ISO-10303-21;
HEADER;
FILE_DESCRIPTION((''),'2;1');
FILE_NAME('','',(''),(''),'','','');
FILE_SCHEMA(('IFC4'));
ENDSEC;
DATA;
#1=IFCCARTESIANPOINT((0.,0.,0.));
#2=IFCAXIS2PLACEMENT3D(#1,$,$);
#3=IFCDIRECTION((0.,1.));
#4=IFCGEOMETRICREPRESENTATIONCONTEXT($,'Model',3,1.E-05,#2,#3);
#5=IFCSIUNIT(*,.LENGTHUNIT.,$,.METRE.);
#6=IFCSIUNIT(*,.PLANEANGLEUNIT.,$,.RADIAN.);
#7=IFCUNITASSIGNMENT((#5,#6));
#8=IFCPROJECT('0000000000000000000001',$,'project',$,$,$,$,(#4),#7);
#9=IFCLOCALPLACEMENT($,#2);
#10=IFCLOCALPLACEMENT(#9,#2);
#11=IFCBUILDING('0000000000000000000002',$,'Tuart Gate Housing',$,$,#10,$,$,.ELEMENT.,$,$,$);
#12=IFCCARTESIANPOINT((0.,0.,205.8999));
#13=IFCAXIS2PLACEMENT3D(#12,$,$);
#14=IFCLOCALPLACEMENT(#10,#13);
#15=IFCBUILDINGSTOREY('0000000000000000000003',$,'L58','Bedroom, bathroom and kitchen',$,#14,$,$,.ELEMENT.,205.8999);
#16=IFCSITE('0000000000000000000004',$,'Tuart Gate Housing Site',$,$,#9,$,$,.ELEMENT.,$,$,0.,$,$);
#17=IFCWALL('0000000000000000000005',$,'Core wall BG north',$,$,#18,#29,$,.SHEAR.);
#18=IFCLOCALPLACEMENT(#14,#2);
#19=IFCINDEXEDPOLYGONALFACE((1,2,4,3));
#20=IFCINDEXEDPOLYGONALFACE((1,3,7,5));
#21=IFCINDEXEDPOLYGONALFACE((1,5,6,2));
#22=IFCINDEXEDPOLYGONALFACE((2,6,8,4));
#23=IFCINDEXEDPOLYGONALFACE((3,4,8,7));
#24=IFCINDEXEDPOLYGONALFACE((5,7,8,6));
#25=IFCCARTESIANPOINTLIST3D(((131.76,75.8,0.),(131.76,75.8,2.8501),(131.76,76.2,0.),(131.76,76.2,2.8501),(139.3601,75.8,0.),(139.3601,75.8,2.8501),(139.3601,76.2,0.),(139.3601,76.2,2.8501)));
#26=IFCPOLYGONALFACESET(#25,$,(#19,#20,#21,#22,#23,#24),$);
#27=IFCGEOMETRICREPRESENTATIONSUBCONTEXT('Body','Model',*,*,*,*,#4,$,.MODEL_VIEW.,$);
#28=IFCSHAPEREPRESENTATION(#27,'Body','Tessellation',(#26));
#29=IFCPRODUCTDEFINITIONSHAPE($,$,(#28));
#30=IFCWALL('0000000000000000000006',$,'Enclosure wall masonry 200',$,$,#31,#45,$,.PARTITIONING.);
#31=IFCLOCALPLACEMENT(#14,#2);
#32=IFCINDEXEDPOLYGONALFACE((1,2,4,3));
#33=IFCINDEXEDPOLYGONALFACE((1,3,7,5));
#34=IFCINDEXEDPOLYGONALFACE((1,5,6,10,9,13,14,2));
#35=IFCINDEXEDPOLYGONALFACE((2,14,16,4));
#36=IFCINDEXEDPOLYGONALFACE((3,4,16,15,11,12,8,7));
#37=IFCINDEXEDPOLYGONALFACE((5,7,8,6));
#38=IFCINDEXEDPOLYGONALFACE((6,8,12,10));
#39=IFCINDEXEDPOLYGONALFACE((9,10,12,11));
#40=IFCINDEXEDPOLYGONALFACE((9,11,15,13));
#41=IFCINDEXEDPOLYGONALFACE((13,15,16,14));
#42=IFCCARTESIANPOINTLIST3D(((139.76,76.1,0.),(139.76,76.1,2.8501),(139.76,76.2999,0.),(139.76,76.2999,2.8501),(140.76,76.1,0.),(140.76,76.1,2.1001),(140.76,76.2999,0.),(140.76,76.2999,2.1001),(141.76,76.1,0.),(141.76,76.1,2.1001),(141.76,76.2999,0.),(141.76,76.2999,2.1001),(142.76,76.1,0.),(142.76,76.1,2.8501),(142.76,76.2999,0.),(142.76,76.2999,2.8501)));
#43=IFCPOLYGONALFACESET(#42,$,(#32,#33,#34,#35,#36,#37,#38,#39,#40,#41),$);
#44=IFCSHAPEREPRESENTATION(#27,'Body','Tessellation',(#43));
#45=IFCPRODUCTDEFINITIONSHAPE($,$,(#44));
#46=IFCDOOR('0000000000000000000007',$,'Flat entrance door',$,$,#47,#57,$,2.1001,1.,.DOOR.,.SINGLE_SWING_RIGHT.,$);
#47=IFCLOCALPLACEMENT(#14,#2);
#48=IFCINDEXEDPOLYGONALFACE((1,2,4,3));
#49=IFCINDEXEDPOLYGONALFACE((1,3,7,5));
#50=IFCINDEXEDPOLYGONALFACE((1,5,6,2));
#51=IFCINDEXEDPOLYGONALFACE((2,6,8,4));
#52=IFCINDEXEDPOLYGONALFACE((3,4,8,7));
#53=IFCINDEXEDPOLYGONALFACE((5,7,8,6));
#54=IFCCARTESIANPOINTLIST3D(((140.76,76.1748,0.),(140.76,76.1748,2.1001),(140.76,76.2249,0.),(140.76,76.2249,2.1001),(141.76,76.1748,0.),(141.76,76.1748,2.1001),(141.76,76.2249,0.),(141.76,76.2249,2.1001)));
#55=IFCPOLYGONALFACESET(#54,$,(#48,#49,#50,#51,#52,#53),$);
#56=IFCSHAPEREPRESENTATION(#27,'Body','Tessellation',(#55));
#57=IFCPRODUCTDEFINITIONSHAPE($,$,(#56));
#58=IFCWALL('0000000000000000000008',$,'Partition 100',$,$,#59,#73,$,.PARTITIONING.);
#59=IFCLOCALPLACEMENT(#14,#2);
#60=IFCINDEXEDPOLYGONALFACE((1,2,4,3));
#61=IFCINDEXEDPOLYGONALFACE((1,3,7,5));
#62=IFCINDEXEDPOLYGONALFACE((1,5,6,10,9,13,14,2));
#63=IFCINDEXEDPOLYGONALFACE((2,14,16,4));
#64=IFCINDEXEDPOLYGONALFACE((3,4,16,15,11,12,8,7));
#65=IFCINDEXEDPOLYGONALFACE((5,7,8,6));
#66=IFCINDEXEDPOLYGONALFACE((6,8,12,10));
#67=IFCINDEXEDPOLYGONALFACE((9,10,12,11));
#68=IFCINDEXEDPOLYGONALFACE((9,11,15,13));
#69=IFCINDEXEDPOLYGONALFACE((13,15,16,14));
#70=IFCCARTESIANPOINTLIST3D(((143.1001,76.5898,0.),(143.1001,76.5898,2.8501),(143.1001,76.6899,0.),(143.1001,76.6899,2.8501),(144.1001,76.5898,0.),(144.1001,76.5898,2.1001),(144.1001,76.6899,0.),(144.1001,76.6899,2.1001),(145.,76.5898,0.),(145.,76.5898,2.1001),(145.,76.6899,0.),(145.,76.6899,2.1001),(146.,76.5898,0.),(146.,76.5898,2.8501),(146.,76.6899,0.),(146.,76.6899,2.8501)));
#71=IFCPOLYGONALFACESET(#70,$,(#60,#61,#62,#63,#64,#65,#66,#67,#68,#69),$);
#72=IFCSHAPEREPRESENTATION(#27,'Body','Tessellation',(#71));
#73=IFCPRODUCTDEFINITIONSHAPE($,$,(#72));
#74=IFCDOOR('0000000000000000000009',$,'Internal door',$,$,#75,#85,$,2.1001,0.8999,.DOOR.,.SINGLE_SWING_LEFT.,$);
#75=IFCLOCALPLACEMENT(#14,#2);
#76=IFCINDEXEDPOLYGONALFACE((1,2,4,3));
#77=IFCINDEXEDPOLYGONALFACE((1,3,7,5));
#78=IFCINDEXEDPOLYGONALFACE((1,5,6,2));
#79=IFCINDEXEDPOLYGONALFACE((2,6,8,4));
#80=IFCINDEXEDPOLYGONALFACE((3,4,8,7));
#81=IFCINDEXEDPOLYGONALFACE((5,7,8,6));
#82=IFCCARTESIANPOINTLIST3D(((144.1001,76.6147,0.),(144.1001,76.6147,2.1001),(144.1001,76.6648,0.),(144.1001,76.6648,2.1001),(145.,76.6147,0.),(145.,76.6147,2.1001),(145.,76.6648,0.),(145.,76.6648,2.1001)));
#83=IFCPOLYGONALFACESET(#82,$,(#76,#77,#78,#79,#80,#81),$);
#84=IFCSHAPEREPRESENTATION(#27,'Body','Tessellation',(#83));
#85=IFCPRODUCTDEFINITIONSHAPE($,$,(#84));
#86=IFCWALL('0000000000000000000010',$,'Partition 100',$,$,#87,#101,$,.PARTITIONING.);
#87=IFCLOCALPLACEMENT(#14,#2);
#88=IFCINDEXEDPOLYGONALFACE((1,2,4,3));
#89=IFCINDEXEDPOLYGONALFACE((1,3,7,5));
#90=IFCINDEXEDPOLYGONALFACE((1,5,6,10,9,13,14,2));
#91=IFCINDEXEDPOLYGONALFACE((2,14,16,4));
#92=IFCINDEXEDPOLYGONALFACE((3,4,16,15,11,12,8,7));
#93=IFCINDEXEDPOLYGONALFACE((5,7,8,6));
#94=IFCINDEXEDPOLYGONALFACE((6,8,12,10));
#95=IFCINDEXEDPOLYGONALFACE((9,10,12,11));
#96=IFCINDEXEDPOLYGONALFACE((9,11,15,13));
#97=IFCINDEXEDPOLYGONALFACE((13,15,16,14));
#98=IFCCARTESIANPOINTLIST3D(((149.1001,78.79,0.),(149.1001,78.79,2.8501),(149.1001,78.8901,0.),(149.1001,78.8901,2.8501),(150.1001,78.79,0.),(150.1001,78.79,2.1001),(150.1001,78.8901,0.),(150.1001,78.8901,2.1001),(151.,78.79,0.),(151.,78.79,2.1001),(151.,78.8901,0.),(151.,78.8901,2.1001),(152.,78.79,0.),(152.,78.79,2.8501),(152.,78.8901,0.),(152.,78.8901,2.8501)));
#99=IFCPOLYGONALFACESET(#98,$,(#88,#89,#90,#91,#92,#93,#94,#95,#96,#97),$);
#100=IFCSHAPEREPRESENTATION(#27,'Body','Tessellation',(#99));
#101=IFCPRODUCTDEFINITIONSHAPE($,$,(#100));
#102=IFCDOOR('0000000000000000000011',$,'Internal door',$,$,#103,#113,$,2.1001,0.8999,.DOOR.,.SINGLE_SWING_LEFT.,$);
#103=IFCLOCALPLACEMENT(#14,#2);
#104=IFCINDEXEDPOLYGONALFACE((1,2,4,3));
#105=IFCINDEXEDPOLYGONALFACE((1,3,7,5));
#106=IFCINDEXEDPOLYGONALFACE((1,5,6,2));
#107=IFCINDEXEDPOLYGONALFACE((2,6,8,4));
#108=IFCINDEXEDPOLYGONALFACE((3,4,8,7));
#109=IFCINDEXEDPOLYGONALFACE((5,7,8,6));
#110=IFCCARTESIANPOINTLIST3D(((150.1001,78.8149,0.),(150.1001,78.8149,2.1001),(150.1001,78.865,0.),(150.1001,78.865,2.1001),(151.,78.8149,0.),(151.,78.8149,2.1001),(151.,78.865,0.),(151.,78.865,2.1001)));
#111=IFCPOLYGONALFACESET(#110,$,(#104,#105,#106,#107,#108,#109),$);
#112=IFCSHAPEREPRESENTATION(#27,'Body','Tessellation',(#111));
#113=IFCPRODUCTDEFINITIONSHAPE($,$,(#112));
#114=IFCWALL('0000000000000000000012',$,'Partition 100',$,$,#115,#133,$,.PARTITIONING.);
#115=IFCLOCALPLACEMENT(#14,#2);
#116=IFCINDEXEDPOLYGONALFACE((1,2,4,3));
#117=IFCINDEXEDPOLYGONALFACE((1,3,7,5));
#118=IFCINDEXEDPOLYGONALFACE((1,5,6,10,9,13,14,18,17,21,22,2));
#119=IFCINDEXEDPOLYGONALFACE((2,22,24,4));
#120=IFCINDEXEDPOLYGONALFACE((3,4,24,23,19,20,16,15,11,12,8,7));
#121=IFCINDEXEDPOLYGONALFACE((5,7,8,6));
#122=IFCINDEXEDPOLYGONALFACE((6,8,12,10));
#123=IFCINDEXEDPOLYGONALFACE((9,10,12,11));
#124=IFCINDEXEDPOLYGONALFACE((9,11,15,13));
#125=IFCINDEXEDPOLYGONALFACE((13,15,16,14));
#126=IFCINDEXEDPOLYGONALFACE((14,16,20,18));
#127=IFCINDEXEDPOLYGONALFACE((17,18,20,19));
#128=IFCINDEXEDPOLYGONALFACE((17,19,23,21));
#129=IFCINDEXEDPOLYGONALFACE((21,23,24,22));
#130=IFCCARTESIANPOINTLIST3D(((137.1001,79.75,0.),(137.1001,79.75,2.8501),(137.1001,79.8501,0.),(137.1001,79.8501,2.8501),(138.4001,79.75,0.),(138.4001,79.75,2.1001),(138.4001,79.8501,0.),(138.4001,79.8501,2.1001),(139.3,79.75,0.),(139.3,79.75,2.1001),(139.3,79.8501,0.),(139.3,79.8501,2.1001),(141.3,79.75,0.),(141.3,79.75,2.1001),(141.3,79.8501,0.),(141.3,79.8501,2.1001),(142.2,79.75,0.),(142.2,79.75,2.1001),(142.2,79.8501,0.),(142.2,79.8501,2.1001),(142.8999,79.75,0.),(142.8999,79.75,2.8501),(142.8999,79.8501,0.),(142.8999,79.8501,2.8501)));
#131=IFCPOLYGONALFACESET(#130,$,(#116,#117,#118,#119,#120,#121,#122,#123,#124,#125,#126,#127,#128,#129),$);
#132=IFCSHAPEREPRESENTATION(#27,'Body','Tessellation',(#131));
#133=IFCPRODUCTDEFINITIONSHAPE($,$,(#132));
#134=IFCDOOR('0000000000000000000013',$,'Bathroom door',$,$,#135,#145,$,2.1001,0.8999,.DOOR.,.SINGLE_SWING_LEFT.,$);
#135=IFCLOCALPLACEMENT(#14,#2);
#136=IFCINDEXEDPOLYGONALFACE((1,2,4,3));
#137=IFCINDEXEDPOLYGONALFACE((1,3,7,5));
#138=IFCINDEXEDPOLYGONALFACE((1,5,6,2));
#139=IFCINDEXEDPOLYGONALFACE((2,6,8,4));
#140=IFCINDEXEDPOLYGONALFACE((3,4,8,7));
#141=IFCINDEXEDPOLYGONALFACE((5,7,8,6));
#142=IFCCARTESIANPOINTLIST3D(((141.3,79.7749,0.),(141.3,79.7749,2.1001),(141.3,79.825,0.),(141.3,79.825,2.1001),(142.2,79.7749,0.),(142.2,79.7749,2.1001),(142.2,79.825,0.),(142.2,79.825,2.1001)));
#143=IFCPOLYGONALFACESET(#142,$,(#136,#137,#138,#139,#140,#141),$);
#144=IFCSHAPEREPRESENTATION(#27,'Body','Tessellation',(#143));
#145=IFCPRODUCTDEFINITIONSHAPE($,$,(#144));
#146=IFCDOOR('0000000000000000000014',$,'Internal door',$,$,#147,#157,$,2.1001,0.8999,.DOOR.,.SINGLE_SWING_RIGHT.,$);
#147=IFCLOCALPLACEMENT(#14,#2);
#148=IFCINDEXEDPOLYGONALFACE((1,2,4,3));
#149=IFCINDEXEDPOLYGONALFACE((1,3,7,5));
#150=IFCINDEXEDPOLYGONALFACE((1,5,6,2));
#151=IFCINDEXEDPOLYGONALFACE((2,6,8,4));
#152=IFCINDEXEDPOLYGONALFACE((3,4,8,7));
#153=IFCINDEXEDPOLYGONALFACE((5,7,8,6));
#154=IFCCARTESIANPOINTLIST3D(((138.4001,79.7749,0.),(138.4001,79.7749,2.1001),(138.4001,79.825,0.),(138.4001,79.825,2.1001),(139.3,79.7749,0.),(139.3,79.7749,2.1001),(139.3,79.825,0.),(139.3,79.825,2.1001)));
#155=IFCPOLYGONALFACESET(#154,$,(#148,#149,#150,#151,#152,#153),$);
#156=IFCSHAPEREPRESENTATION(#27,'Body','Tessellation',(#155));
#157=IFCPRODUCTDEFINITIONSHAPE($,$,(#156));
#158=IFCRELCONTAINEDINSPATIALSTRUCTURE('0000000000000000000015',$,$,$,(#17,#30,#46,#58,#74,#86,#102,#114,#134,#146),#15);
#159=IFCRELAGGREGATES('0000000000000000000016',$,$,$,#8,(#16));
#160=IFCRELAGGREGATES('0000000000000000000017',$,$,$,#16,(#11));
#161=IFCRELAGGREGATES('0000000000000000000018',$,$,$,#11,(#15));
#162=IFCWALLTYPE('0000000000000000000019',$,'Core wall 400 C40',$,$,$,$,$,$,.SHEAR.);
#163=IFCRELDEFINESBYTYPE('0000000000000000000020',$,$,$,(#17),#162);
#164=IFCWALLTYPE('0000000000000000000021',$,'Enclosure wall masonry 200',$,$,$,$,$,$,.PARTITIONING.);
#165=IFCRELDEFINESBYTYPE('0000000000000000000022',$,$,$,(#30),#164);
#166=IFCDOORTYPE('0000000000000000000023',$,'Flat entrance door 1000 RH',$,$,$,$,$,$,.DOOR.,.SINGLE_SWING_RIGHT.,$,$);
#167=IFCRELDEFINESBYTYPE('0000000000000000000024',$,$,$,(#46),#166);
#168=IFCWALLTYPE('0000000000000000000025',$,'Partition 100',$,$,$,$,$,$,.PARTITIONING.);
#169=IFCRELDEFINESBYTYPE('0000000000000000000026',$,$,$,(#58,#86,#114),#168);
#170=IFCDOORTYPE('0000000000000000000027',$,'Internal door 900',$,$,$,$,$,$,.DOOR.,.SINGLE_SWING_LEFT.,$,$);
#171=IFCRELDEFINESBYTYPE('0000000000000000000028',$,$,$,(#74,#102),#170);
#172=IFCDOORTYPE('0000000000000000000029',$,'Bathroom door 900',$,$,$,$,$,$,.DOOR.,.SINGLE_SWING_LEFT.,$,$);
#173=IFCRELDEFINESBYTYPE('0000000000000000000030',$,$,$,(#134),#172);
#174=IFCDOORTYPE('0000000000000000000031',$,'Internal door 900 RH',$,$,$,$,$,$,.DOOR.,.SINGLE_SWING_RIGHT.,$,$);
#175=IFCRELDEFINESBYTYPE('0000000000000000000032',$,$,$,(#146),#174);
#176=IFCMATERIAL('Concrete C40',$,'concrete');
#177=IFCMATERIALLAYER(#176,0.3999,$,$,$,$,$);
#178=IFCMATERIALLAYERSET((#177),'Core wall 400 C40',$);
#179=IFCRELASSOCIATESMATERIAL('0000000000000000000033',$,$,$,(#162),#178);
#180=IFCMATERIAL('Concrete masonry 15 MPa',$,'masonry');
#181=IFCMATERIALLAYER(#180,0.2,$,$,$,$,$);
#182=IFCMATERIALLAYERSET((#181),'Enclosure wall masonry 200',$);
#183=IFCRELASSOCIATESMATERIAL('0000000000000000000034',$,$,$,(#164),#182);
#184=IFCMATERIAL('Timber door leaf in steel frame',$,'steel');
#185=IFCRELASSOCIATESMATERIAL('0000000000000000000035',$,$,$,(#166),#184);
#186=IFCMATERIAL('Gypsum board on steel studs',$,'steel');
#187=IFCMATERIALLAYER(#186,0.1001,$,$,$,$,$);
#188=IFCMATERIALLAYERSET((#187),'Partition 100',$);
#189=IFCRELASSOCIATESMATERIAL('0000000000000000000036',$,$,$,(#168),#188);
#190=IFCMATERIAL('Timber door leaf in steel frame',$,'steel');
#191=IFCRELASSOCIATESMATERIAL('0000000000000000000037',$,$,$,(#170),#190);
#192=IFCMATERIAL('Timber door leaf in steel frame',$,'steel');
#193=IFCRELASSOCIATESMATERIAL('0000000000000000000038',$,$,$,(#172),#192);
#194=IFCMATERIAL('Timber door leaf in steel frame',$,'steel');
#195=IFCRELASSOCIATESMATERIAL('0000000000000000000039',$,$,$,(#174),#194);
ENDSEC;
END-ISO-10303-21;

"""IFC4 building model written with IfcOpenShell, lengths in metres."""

from ifc_helpers import new_model, si_unit, direction, frame, frame_2d, origin, place, context, subcontext, project, spatial, rectangle, extrude, material, layer, layer_set, type_object, element, fill, save


model = new_model("IFC4")

# Units and contexts
model_context = context("Model", 3, precision=1e-05, world=origin(), true_north=direction((0.0, 1.0)))
body_context = subcontext(model_context, "Body", "Model", "MODEL_VIEW")
ifc_project = project(units=[si_unit("LENGTHUNIT", "METRE"), si_unit("PLANEANGLEUNIT", "RADIAN")], contexts=[model_context])

# Site, building, storey
site_placement = place(None, origin())
site = spatial("IfcSite", under=ifc_project, at=site_placement, Name="Tuart Gate Housing Site", CompositionType="ELEMENT", RefElevation=0.0)
building_placement = place(site_placement, origin())
building = spatial("IfcBuilding", under=site, at=building_placement, Name="Tuart Gate Housing", CompositionType="ELEMENT")
storey_placement = place(building_placement, frame((0.0, 0.0, 205.8999)))
storey = spatial("IfcBuildingStorey", under=building, at=storey_placement, Name="L58", Description="Bedroom, bathroom and kitchen", CompositionType="ELEMENT", Elevation=205.8999)

# Wall
ifc_material_1 = material(Name="Concrete C40", Category="concrete")
ifc_layer_1 = layer(ifc_material_1, 0.3999)
ifc_layer_set_1 = layer_set([ifc_layer_1], Name="Core wall 400 C40")
wall_type_1 = type_object("IfcWallType", Name="Core wall 400 C40", PredefinedType="SHEAR", material=ifc_layer_set_1)
wall_1_placement = place(storey_placement, frame((139.3601, 76.0, 0.0), z_axis=(0.0, 0.0, 1.0), x_axis=(-1.0, 0.0, 0.0)))
element("IfcWall", 1, at=wall_1_placement, inside=storey, type_object=wall_type_1, Name="Core wall BG north", PredefinedType="SHEAR", context=body_context, shape_type="SweptSolid", body=[
    extrude(rectangle(XDim=7.6001, YDim=0.3999, at=frame_2d((3.8, 0.0))), origin(), (0.0, 0.0, 1.0), 2.8501),
])

# Walls, openings, doors
ifc_material_2 = material(Name="Concrete masonry 15 MPa", Category="masonry")
ifc_layer_2 = layer(ifc_material_2, 0.2)
ifc_layer_set_2 = layer_set([ifc_layer_2], Name="Enclosure wall masonry 200")
wall_type_2 = type_object("IfcWallType", Name="Enclosure wall masonry 200", PredefinedType="PARTITIONING", material=ifc_layer_set_2)
wall_2_placement = place(storey_placement, frame((139.76, 76.2, 0.0), z_axis=(0.0, 0.0, 1.0), x_axis=(1.0, 0.0, 0.0)))
wall_2 = element("IfcWall", 2, at=wall_2_placement, inside=storey, type_object=wall_type_2, Name="Enclosure wall masonry 200", PredefinedType="PARTITIONING", context=body_context, shape_type="SweptSolid", body=[
    extrude(rectangle(XDim=3.0, YDim=0.2, at=frame_2d((1.5, 0.0))), origin(), (0.0, 0.0, 1.0), 2.8501),
])
opening_1_placement = place(wall_2_placement, frame((1.0, 0.0, 0.0)))
opening_1 = element("IfcOpeningElement", 3, at=opening_1_placement, cuts=wall_2, PredefinedType="OPENING", context=body_context, shape_type="SweptSolid", body=[
    extrude(rectangle(XDim=1.0, YDim=2.1001, at=frame_2d((0.5, 1.05))), frame((0.0, 0.1099, 0.0), z_axis=(0.0, -1.0, 0.0), x_axis=(1.0, 0.0, 0.0)), (0.0, 0.0, 1.0), 0.22),
])
ifc_material_3 = material(Name="Timber door leaf in steel frame", Category="steel")
door_type_1 = type_object("IfcDoorType", Name="Flat entrance door 1000 RH", OperationType="SINGLE_SWING_RIGHT", PredefinedType="DOOR", material=ifc_material_3)
door_1_placement = place(opening_1_placement, origin())
door_1 = element("IfcDoor", 4, at=door_1_placement, inside=storey, type_object=door_type_1, Name="Flat entrance door", OperationType="SINGLE_SWING_RIGHT", OverallHeight=2.1001, OverallWidth=1.0, PredefinedType="DOOR", context=body_context, shape_type="SweptSolid", body=[
    extrude(rectangle(XDim=1.0, YDim=2.1001, at=frame_2d((0.5, 1.05))), frame((0.0, 0.0249, 0.0), z_axis=(0.0, -1.0, 0.0), x_axis=(1.0, 0.0, 0.0)), (0.0, 0.0, 1.0), 0.05),
])
fill(opening_1, door_1)
ifc_material_4 = material(Name="Gypsum board on steel studs", Category="steel")
ifc_layer_3 = layer(ifc_material_4, 0.1001)
ifc_layer_set_3 = layer_set([ifc_layer_3], Name="Partition 100")
wall_type_3 = type_object("IfcWallType", Name="Partition 100", PredefinedType="PARTITIONING", material=ifc_layer_set_3)
wall_3_placement = place(storey_placement, frame((143.1001, 76.6399, 0.0), z_axis=(0.0, 0.0, 1.0), x_axis=(1.0, 0.0, 0.0)))
wall_3 = element("IfcWall", 5, at=wall_3_placement, inside=storey, type_object=wall_type_3, Name="Partition 100", PredefinedType="PARTITIONING", context=body_context, shape_type="SweptSolid", body=[
    extrude(rectangle(XDim=2.8999, YDim=0.1001, at=frame_2d((1.45, 0.0))), origin(), (0.0, 0.0, 1.0), 2.8501),
])
opening_2_placement = place(wall_3_placement, frame((1.0, 0.0, 0.0)))
opening_2 = element("IfcOpeningElement", 6, at=opening_2_placement, cuts=wall_3, PredefinedType="OPENING", context=body_context, shape_type="SweptSolid", body=[
    extrude(rectangle(XDim=0.8999, YDim=2.1001, at=frame_2d((0.45, 1.05))), frame((0.0, 0.0601, 0.0), z_axis=(0.0, -1.0, 0.0), x_axis=(1.0, 0.0, 0.0)), (0.0, 0.0, 1.0), 0.1201),
])
ifc_material_5 = material(Name="Timber door leaf in steel frame", Category="steel")
door_type_2 = type_object("IfcDoorType", Name="Internal door 900", OperationType="SINGLE_SWING_LEFT", PredefinedType="DOOR", material=ifc_material_5)
door_2_placement = place(opening_2_placement, frame((0.8999, 0.0, 0.0), z_axis=(0.0, 0.0, 1.0), x_axis=(-1.0, 0.0, 0.0)))
door_2 = element("IfcDoor", 7, at=door_2_placement, inside=storey, type_object=door_type_2, Name="Internal door", OperationType="SINGLE_SWING_LEFT", OverallHeight=2.1001, OverallWidth=0.8999, PredefinedType="DOOR", context=body_context, shape_type="SweptSolid", body=[
    extrude(rectangle(XDim=0.8999, YDim=2.1001, at=frame_2d((0.45, 1.05))), frame((0.0, 0.0251, 0.0), z_axis=(0.0, -1.0, 0.0), x_axis=(1.0, 0.0, 0.0)), (0.0, 0.0, 1.0), 0.05),
])
fill(opening_2, door_2)
wall_4_placement = place(storey_placement, frame((149.1001, 78.8401, 0.0), z_axis=(0.0, 0.0, 1.0), x_axis=(1.0, 0.0, 0.0)))
wall_4 = element("IfcWall", 8, at=wall_4_placement, inside=storey, type_object=wall_type_3, Name="Partition 100", PredefinedType="PARTITIONING", context=body_context, shape_type="SweptSolid", body=[
    extrude(rectangle(XDim=2.8999, YDim=0.1001, at=frame_2d((1.45, 0.0))), origin(), (0.0, 0.0, 1.0), 2.8501),
])
opening_3_placement = place(wall_4_placement, frame((1.0, 0.0, 0.0)))
opening_3 = element("IfcOpeningElement", 9, at=opening_3_placement, cuts=wall_4, PredefinedType="OPENING", context=body_context, shape_type="SweptSolid", body=[
    extrude(rectangle(XDim=0.8999, YDim=2.1001, at=frame_2d((0.45, 1.05))), frame((0.0, 0.0601, 0.0), z_axis=(0.0, -1.0, 0.0), x_axis=(1.0, 0.0, 0.0)), (0.0, 0.0, 1.0), 0.1201),
])
door_3_placement = place(opening_3_placement, frame((0.8999, 0.0, 0.0), z_axis=(0.0, 0.0, 1.0), x_axis=(-1.0, 0.0, 0.0)))
door_3 = element("IfcDoor", 10, at=door_3_placement, inside=storey, type_object=door_type_2, Name="Internal door", OperationType="SINGLE_SWING_LEFT", OverallHeight=2.1001, OverallWidth=0.8999, PredefinedType="DOOR", context=body_context, shape_type="SweptSolid", body=[
    extrude(rectangle(XDim=0.8999, YDim=2.1001, at=frame_2d((0.45, 1.05))), frame((0.0, 0.0251, 0.0), z_axis=(0.0, -1.0, 0.0), x_axis=(1.0, 0.0, 0.0)), (0.0, 0.0, 1.0), 0.05),
])
fill(opening_3, door_3)

# Wall, openings, doors
wall_5_placement = place(storey_placement, frame((137.1001, 79.8, 0.0), z_axis=(0.0, 0.0, 1.0), x_axis=(1.0, 0.0, 0.0)))
wall_5 = element("IfcWall", 11, at=wall_5_placement, inside=storey, type_object=wall_type_3, Name="Partition 100", PredefinedType="PARTITIONING", context=body_context, shape_type="SweptSolid", body=[
    extrude(rectangle(XDim=5.7998, YDim=0.1001, at=frame_2d((2.8999, 0.0))), origin(), (0.0, 0.0, 1.0), 2.8501),
])
opening_4_placement = place(wall_5_placement, frame((1.3, 0.0, 0.0)))
opening_4 = element("IfcOpeningElement", 12, at=opening_4_placement, cuts=wall_5, PredefinedType="OPENING", context=body_context, shape_type="SweptSolid", body=[
    extrude(rectangle(XDim=0.8999, YDim=2.1001, at=frame_2d((0.45, 1.05))), frame((0.0, 0.0601, 0.0), z_axis=(0.0, -1.0, 0.0), x_axis=(1.0, 0.0, 0.0)), (0.0, 0.0, 1.0), 0.1201),
])
opening_5_placement = place(wall_5_placement, frame((4.2, 0.0, 0.0)))
opening_5 = element("IfcOpeningElement", 13, at=opening_5_placement, cuts=wall_5, PredefinedType="OPENING", context=body_context, shape_type="SweptSolid", body=[
    extrude(rectangle(XDim=0.8999, YDim=2.1001, at=frame_2d((0.45, 1.05))), frame((0.0, 0.0601, 0.0), z_axis=(0.0, -1.0, 0.0), x_axis=(1.0, 0.0, 0.0)), (0.0, 0.0, 1.0), 0.1201),
])
ifc_material_6 = material(Name="Timber door leaf in steel frame", Category="steel")
door_type_3 = type_object("IfcDoorType", Name="Bathroom door 900", OperationType="SINGLE_SWING_LEFT", PredefinedType="DOOR", material=ifc_material_6)
door_4_placement = place(opening_5_placement, origin())
door_4 = element("IfcDoor", 14, at=door_4_placement, inside=storey, type_object=door_type_3, Name="Bathroom door", OperationType="SINGLE_SWING_LEFT", OverallHeight=2.1001, OverallWidth=0.8999, PredefinedType="DOOR", context=body_context, shape_type="SweptSolid", body=[
    extrude(rectangle(XDim=0.8999, YDim=2.1001, at=frame_2d((0.45, 1.05))), frame((0.0, 0.0249, 0.0), z_axis=(0.0, -1.0, 0.0), x_axis=(1.0, 0.0, 0.0)), (0.0, 0.0, 1.0), 0.05),
])
fill(opening_5, door_4)
ifc_material_7 = material(Name="Timber door leaf in steel frame", Category="steel")
door_type_4 = type_object("IfcDoorType", Name="Internal door 900 RH", OperationType="SINGLE_SWING_RIGHT", PredefinedType="DOOR", material=ifc_material_7)
door_5_placement = place(opening_4_placement, frame((0.8999, 0.0, 0.0), z_axis=(0.0, 0.0, 1.0), x_axis=(-1.0, 0.0, 0.0)))
door_5 = element("IfcDoor", 15, at=door_5_placement, inside=storey, type_object=door_type_4, Name="Internal door", OperationType="SINGLE_SWING_RIGHT", OverallHeight=2.1001, OverallWidth=0.8999, PredefinedType="DOOR", context=body_context, shape_type="SweptSolid", body=[
    extrude(rectangle(XDim=0.8999, YDim=2.1001, at=frame_2d((0.45, 1.05))), frame((0.0, 0.0251, 0.0), z_axis=(0.0, -1.0, 0.0), x_axis=(1.0, 0.0, 0.0)), (0.0, 0.0, 1.0), 0.05),
])
fill(opening_4, door_5)

save(model, "model.ifc")
